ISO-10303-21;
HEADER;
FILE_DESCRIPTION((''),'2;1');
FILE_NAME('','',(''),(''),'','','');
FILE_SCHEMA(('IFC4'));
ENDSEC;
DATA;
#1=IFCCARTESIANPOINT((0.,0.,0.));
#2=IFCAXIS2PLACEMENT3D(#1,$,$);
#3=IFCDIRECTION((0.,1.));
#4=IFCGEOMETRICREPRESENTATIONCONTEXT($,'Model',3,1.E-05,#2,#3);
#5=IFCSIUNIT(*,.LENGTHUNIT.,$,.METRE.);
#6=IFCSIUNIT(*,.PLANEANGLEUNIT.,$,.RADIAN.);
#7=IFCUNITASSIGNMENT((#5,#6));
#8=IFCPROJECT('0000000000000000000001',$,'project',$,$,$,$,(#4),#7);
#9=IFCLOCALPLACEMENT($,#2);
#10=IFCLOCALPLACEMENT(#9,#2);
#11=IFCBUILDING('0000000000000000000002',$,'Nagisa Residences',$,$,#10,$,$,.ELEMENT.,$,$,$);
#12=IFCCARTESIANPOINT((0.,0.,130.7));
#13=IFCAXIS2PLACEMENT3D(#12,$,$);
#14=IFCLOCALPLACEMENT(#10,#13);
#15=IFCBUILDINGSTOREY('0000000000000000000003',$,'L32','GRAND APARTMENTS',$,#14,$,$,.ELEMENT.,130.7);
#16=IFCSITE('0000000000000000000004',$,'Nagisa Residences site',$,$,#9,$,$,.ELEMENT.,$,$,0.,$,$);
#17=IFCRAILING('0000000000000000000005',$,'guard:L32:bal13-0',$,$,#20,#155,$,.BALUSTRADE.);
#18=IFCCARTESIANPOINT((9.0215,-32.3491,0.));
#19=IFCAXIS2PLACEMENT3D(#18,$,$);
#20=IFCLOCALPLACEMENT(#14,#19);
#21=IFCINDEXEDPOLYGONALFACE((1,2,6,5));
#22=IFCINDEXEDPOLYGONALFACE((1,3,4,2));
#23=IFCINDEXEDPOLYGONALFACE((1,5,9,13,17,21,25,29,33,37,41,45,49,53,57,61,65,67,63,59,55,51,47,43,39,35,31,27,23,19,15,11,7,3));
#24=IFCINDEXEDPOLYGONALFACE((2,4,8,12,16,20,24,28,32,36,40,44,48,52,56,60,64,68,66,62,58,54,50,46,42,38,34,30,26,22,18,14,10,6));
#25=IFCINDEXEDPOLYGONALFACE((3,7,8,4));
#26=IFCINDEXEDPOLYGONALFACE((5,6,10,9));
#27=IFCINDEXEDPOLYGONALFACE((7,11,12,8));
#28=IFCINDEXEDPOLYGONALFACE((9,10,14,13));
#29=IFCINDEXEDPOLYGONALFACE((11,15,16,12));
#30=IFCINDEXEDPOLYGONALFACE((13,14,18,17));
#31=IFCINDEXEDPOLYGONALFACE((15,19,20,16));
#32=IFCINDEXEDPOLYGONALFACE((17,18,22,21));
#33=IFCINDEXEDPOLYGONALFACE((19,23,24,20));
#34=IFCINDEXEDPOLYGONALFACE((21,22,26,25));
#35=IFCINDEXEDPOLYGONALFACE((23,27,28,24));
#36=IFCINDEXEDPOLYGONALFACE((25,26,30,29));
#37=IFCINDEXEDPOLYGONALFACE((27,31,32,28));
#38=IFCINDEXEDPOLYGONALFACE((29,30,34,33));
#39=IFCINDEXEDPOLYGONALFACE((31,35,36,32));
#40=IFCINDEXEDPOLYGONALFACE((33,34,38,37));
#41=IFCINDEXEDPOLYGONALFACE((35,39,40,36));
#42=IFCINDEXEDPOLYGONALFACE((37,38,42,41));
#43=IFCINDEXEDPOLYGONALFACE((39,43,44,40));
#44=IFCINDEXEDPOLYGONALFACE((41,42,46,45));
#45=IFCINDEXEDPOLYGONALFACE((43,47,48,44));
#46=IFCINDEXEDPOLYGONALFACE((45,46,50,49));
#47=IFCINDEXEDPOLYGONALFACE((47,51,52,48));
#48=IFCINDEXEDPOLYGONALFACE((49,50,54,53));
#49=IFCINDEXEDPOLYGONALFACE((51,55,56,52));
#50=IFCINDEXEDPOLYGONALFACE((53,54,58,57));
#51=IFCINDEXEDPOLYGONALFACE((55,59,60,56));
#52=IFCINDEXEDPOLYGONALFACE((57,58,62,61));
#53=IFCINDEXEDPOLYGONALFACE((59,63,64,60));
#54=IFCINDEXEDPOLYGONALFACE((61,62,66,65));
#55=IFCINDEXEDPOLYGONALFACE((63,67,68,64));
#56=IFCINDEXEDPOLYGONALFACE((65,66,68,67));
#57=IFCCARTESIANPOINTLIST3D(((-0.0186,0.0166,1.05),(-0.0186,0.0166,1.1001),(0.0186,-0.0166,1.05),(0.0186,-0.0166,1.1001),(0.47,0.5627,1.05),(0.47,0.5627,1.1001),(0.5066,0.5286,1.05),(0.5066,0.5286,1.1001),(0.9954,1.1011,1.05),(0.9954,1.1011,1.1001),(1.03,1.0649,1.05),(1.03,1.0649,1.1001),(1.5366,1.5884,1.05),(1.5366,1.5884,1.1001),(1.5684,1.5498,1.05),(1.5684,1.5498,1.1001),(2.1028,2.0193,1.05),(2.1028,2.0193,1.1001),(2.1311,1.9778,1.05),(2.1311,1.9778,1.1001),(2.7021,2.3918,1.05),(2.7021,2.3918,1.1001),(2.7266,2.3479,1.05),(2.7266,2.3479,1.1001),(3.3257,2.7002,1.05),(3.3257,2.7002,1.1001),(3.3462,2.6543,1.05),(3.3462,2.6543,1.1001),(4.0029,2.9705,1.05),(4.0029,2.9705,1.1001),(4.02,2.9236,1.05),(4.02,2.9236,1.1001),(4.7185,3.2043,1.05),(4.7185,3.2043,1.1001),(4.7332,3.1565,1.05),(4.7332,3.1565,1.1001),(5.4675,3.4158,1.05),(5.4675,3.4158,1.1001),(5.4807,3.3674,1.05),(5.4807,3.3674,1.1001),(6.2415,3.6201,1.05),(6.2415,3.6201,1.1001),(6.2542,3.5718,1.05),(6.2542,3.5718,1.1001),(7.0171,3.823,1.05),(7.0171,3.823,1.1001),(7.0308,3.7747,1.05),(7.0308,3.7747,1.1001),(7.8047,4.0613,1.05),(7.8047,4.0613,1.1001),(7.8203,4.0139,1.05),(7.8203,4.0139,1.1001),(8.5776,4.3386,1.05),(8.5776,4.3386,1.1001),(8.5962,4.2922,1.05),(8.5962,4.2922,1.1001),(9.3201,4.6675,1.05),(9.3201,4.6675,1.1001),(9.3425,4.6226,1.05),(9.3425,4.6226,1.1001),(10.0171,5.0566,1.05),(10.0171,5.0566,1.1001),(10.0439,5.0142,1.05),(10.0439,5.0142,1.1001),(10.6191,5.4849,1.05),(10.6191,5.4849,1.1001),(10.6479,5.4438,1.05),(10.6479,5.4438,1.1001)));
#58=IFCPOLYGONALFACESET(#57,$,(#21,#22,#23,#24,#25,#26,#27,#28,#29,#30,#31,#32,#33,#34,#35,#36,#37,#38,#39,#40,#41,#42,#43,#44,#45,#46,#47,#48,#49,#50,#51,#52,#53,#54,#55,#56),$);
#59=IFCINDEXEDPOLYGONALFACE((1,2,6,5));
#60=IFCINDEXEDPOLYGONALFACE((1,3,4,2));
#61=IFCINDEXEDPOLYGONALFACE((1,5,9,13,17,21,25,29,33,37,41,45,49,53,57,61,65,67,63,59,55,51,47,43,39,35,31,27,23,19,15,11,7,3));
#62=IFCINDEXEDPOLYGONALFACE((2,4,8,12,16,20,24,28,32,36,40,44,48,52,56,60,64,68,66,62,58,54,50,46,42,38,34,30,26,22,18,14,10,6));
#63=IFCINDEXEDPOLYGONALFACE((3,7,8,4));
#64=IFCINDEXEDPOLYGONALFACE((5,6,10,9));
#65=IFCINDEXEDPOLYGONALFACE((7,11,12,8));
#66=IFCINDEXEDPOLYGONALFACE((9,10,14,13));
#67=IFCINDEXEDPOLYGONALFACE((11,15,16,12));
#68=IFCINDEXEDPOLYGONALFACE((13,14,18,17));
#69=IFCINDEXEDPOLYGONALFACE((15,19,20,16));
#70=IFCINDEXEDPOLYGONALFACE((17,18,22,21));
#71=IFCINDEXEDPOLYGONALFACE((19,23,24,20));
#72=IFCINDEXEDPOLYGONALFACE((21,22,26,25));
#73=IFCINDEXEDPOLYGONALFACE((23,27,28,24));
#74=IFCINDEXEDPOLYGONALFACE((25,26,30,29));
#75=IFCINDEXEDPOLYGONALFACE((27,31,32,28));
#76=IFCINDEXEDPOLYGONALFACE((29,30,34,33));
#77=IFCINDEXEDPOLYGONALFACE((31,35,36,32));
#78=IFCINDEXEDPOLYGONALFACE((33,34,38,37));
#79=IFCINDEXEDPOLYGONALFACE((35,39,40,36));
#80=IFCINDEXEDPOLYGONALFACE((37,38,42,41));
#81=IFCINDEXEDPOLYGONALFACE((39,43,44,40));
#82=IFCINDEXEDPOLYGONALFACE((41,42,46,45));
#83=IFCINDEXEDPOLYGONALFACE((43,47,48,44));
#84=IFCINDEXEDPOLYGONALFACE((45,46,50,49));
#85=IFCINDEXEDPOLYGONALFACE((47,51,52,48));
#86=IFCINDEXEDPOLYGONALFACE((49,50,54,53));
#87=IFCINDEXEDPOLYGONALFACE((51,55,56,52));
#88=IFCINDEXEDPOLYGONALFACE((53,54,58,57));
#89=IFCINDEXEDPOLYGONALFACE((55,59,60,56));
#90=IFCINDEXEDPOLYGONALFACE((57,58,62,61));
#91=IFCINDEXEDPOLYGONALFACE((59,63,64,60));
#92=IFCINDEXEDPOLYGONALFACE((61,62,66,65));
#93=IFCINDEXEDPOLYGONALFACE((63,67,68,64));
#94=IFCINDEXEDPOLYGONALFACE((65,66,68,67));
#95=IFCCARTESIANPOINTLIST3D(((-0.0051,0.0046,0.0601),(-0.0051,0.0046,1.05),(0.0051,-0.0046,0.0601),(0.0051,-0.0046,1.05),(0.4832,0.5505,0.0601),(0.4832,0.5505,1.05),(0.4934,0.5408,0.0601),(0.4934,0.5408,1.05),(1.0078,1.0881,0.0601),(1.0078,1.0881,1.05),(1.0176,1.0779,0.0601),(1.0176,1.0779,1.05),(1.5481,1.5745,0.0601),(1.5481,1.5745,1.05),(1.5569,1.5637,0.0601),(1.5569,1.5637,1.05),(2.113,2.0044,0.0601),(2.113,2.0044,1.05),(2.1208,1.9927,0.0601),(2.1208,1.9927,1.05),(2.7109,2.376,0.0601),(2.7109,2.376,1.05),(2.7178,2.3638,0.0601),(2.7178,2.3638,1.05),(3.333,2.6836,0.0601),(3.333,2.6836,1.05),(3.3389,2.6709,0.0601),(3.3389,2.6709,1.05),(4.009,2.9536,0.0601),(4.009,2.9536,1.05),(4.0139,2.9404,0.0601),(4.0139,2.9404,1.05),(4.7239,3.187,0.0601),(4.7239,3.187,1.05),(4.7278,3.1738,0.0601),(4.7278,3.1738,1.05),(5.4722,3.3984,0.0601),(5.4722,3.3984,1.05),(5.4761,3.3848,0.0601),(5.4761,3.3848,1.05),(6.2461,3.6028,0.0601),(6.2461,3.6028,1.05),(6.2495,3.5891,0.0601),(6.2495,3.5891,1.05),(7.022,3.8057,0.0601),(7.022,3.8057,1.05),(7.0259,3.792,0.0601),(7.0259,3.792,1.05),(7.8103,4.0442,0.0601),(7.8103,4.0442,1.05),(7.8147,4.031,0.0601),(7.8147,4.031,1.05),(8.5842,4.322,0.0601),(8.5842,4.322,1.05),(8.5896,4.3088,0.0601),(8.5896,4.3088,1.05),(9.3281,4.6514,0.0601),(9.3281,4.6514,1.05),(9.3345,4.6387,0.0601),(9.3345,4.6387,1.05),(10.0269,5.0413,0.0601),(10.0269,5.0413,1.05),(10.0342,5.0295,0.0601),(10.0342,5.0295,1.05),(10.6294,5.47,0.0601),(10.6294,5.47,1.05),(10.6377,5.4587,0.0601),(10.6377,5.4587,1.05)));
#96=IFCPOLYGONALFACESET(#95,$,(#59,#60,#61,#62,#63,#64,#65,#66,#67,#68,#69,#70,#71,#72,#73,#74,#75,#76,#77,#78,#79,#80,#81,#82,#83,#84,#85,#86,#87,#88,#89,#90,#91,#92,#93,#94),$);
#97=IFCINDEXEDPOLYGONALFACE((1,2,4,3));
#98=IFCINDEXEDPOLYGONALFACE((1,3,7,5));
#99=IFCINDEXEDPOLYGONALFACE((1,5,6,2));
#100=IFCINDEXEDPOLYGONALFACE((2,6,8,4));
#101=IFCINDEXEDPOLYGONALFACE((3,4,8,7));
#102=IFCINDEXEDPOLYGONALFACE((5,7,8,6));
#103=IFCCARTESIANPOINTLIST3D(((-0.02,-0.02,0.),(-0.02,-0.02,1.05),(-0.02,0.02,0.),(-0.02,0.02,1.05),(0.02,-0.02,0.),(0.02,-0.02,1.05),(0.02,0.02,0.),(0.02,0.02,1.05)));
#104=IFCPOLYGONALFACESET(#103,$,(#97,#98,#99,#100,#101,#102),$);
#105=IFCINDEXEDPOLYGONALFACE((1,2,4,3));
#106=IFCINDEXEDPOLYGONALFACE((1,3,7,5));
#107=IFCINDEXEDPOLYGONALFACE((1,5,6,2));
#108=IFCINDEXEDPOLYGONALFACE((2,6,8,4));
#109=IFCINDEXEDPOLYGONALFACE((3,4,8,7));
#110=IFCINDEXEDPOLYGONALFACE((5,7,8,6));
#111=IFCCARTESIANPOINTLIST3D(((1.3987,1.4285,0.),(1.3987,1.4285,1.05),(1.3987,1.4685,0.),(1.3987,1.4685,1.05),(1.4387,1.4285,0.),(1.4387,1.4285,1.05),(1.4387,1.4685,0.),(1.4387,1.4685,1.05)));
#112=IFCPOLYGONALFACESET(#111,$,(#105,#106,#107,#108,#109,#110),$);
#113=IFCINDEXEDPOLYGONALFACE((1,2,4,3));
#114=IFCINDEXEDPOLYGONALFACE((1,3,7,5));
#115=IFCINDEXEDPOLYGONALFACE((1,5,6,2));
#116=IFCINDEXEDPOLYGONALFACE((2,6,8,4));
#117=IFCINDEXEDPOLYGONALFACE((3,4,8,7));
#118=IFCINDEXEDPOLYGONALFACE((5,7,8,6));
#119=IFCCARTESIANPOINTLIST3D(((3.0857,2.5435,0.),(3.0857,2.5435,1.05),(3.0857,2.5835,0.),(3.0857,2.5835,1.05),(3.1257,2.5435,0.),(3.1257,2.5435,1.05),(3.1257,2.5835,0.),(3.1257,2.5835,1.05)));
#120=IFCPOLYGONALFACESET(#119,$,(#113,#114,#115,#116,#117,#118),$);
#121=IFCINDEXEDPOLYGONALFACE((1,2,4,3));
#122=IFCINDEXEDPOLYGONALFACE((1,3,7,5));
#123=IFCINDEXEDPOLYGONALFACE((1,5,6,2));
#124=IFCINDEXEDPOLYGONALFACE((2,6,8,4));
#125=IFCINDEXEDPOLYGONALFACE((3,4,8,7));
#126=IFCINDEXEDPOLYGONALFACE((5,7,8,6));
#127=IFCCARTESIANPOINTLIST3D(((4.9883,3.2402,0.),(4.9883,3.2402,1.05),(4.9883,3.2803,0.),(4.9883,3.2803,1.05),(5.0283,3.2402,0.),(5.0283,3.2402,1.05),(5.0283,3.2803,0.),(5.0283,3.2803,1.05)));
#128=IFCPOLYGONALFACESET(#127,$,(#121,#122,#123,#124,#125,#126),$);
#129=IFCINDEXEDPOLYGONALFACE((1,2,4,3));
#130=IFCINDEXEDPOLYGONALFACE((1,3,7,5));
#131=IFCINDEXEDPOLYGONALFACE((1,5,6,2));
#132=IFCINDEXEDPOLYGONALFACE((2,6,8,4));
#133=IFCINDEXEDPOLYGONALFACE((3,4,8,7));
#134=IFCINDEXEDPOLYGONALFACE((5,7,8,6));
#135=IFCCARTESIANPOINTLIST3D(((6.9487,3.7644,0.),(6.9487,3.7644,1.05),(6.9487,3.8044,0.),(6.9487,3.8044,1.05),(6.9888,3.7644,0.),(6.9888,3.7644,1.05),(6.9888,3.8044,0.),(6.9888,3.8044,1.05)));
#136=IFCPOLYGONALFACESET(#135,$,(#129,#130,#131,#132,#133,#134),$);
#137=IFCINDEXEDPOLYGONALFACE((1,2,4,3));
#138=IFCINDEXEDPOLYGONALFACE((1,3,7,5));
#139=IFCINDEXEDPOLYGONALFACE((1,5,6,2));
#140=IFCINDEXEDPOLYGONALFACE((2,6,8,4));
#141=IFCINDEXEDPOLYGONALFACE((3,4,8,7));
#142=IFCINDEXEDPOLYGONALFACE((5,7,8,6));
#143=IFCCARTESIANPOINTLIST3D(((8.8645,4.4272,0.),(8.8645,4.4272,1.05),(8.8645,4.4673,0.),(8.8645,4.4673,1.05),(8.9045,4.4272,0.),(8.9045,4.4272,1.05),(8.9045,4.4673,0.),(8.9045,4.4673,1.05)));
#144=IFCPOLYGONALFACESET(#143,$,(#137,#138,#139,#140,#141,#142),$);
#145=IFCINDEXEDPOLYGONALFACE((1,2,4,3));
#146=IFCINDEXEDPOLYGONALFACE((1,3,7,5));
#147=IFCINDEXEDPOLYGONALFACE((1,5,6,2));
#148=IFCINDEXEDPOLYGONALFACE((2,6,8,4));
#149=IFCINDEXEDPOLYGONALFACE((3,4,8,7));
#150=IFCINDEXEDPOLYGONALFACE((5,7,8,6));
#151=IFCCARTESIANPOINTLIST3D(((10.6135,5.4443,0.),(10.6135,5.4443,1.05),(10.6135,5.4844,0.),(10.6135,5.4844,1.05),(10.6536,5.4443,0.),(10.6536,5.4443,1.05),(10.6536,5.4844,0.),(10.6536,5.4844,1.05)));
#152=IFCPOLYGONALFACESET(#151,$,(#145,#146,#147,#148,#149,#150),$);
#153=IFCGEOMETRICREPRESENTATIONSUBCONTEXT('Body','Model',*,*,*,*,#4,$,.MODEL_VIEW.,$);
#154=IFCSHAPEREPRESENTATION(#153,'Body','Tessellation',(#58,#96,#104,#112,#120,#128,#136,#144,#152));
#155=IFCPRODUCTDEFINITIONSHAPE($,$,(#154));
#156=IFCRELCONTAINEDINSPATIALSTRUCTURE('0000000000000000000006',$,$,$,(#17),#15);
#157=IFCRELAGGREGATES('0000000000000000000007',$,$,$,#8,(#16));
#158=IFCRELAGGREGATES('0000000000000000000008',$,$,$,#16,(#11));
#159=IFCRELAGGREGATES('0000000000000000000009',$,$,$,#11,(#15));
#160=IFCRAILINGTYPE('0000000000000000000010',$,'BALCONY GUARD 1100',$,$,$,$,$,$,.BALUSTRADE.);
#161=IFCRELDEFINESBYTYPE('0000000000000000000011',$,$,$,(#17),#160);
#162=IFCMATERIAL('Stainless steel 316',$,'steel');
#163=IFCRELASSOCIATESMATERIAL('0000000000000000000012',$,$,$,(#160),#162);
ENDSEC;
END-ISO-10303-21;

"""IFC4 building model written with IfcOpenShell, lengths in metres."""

from ifc_helpers import new_model, si_unit, direction, frame, origin, origin_2d, place, context, subcontext, project, spatial, polyline, rectangle, outline, extrude, material, type_object, element, save


model = new_model("IFC4")

# Units and contexts
model_context = context("Model", 3, precision=1e-05, world=origin(), true_north=direction((0.0, 1.0)))
body_context = subcontext(model_context, "Body", "Model", "MODEL_VIEW")
ifc_project = project(units=[si_unit("LENGTHUNIT", "METRE"), si_unit("PLANEANGLEUNIT", "RADIAN")], contexts=[model_context])

# Site, building, storey
site_placement = place(None, origin())
site = spatial("IfcSite", under=ifc_project, at=site_placement, Name="Nagisa Residences site", CompositionType="ELEMENT", RefElevation=0.0)
building_placement = place(site_placement, origin())
building = spatial("IfcBuilding", under=site, at=building_placement, Name="Nagisa Residences", CompositionType="ELEMENT")
storey_placement = place(building_placement, frame((0.0, 0.0, 130.7)))
storey = spatial("IfcBuildingStorey", under=building, at=storey_placement, Name="L32", Description="GRAND APARTMENTS", CompositionType="ELEMENT", Elevation=130.7)

# Railing
ifc_material_1 = material(Name="Stainless steel 316", Category="steel")
railing_type = type_object("IfcRailingType", Name="BALCONY GUARD 1100", PredefinedType="BALUSTRADE", material=ifc_material_1)
railing_placement = place(storey_placement, frame((9.0215, -32.3491, 0.0)))
element("IfcRailing", 1, at=railing_placement, inside=storey, type_object=railing_type, Name="guard:L32:bal13-0", PredefinedType="BALUSTRADE", context=body_context, shape_type="SweptSolid", body=[
    extrude(outline(polyline([(0.47, 0.5627), (-0.0186, 0.0166), (0.0186, -0.0166), (0.5066, 0.5286), (1.03, 1.0649), (1.5684, 1.5498), (2.1311, 1.9778), (2.7266, 2.3479), (3.3462, 2.6543), (4.02, 2.9236), (4.7332, 3.1565), (5.4807, 3.3674), (6.2542, 3.5718), (7.0308, 3.7747), (7.8203, 4.0139), (8.5962, 4.2922), (9.3425, 4.6226), (10.0439, 5.0142), (10.6479, 5.4438), (10.6191, 5.4849), (10.0171, 5.0566), (9.3201, 4.6675), (8.5776, 4.3386), (7.8047, 4.0613), (7.0171, 3.823), (6.2415, 3.6201), (5.4675, 3.4158), (4.7185, 3.2043), (4.0029, 2.9705), (3.3257, 2.7002), (2.7021, 2.3918), (2.1028, 2.0193), (1.5366, 1.5884), (0.9954, 1.1011), (0.47, 0.5627)])), frame((0.0, 0.0, 1.05)), (0.0, 0.0, 1.0), 0.05),
    extrude(outline(polyline([(0.4832, 0.5505), (-0.0051, 0.0046), (0.0051, -0.0046), (0.4934, 0.5408), (1.0176, 1.0779), (1.5569, 1.5637), (2.1208, 1.9927), (2.7178, 2.3638), (3.3389, 2.6709), (4.0139, 2.9404), (4.7278, 3.1738), (5.4761, 3.3848), (6.2495, 3.5891), (7.0259, 3.792), (7.8147, 4.031), (8.5896, 4.3088), (9.3345, 4.6387), (10.0342, 5.0295), (10.6377, 5.4587), (10.6294, 5.47), (10.0269, 5.0413), (9.3281, 4.6514), (8.5842, 4.322), (7.8103, 4.0442), (7.022, 3.8057), (6.2461, 3.6028), (5.4722, 3.3984), (4.7239, 3.187), (4.009, 2.9536), (3.333, 2.6836), (2.7109, 2.376), (2.113, 2.0044), (1.5481, 1.5745), (1.0078, 1.0881), (0.4832, 0.5505)])), frame((0.0, 0.0, 0.0601)), (0.0, 0.0, 1.0), 0.99),
    extrude(rectangle(XDim=0.04, YDim=0.04, at=origin_2d()), origin(), (0.0, 0.0, 1.0), 1.05),
    extrude(rectangle(XDim=0.04, YDim=0.04, at=origin_2d()), frame((1.4187, 1.4485, 0.0)), (0.0, 0.0, 1.0), 1.05),
    extrude(rectangle(XDim=0.04, YDim=0.04, at=origin_2d()), frame((3.1057, 2.5635, 0.0)), (0.0, 0.0, 1.0), 1.05),
    extrude(rectangle(XDim=0.04, YDim=0.04, at=origin_2d()), frame((5.0083, 3.2603, 0.0)), (0.0, 0.0, 1.0), 1.05),
    extrude(rectangle(XDim=0.04, YDim=0.04, at=origin_2d()), frame((6.9688, 3.7844, 0.0)), (0.0, 0.0, 1.0), 1.05),
    extrude(rectangle(XDim=0.04, YDim=0.04, at=origin_2d()), frame((8.8845, 4.4473, 0.0)), (0.0, 0.0, 1.0), 1.05),
    extrude(rectangle(XDim=0.04, YDim=0.04, at=origin_2d()), frame((10.6335, 5.4644, 0.0)), (0.0, 0.0, 1.0), 1.05),
])

save(model, "model.ifc")
